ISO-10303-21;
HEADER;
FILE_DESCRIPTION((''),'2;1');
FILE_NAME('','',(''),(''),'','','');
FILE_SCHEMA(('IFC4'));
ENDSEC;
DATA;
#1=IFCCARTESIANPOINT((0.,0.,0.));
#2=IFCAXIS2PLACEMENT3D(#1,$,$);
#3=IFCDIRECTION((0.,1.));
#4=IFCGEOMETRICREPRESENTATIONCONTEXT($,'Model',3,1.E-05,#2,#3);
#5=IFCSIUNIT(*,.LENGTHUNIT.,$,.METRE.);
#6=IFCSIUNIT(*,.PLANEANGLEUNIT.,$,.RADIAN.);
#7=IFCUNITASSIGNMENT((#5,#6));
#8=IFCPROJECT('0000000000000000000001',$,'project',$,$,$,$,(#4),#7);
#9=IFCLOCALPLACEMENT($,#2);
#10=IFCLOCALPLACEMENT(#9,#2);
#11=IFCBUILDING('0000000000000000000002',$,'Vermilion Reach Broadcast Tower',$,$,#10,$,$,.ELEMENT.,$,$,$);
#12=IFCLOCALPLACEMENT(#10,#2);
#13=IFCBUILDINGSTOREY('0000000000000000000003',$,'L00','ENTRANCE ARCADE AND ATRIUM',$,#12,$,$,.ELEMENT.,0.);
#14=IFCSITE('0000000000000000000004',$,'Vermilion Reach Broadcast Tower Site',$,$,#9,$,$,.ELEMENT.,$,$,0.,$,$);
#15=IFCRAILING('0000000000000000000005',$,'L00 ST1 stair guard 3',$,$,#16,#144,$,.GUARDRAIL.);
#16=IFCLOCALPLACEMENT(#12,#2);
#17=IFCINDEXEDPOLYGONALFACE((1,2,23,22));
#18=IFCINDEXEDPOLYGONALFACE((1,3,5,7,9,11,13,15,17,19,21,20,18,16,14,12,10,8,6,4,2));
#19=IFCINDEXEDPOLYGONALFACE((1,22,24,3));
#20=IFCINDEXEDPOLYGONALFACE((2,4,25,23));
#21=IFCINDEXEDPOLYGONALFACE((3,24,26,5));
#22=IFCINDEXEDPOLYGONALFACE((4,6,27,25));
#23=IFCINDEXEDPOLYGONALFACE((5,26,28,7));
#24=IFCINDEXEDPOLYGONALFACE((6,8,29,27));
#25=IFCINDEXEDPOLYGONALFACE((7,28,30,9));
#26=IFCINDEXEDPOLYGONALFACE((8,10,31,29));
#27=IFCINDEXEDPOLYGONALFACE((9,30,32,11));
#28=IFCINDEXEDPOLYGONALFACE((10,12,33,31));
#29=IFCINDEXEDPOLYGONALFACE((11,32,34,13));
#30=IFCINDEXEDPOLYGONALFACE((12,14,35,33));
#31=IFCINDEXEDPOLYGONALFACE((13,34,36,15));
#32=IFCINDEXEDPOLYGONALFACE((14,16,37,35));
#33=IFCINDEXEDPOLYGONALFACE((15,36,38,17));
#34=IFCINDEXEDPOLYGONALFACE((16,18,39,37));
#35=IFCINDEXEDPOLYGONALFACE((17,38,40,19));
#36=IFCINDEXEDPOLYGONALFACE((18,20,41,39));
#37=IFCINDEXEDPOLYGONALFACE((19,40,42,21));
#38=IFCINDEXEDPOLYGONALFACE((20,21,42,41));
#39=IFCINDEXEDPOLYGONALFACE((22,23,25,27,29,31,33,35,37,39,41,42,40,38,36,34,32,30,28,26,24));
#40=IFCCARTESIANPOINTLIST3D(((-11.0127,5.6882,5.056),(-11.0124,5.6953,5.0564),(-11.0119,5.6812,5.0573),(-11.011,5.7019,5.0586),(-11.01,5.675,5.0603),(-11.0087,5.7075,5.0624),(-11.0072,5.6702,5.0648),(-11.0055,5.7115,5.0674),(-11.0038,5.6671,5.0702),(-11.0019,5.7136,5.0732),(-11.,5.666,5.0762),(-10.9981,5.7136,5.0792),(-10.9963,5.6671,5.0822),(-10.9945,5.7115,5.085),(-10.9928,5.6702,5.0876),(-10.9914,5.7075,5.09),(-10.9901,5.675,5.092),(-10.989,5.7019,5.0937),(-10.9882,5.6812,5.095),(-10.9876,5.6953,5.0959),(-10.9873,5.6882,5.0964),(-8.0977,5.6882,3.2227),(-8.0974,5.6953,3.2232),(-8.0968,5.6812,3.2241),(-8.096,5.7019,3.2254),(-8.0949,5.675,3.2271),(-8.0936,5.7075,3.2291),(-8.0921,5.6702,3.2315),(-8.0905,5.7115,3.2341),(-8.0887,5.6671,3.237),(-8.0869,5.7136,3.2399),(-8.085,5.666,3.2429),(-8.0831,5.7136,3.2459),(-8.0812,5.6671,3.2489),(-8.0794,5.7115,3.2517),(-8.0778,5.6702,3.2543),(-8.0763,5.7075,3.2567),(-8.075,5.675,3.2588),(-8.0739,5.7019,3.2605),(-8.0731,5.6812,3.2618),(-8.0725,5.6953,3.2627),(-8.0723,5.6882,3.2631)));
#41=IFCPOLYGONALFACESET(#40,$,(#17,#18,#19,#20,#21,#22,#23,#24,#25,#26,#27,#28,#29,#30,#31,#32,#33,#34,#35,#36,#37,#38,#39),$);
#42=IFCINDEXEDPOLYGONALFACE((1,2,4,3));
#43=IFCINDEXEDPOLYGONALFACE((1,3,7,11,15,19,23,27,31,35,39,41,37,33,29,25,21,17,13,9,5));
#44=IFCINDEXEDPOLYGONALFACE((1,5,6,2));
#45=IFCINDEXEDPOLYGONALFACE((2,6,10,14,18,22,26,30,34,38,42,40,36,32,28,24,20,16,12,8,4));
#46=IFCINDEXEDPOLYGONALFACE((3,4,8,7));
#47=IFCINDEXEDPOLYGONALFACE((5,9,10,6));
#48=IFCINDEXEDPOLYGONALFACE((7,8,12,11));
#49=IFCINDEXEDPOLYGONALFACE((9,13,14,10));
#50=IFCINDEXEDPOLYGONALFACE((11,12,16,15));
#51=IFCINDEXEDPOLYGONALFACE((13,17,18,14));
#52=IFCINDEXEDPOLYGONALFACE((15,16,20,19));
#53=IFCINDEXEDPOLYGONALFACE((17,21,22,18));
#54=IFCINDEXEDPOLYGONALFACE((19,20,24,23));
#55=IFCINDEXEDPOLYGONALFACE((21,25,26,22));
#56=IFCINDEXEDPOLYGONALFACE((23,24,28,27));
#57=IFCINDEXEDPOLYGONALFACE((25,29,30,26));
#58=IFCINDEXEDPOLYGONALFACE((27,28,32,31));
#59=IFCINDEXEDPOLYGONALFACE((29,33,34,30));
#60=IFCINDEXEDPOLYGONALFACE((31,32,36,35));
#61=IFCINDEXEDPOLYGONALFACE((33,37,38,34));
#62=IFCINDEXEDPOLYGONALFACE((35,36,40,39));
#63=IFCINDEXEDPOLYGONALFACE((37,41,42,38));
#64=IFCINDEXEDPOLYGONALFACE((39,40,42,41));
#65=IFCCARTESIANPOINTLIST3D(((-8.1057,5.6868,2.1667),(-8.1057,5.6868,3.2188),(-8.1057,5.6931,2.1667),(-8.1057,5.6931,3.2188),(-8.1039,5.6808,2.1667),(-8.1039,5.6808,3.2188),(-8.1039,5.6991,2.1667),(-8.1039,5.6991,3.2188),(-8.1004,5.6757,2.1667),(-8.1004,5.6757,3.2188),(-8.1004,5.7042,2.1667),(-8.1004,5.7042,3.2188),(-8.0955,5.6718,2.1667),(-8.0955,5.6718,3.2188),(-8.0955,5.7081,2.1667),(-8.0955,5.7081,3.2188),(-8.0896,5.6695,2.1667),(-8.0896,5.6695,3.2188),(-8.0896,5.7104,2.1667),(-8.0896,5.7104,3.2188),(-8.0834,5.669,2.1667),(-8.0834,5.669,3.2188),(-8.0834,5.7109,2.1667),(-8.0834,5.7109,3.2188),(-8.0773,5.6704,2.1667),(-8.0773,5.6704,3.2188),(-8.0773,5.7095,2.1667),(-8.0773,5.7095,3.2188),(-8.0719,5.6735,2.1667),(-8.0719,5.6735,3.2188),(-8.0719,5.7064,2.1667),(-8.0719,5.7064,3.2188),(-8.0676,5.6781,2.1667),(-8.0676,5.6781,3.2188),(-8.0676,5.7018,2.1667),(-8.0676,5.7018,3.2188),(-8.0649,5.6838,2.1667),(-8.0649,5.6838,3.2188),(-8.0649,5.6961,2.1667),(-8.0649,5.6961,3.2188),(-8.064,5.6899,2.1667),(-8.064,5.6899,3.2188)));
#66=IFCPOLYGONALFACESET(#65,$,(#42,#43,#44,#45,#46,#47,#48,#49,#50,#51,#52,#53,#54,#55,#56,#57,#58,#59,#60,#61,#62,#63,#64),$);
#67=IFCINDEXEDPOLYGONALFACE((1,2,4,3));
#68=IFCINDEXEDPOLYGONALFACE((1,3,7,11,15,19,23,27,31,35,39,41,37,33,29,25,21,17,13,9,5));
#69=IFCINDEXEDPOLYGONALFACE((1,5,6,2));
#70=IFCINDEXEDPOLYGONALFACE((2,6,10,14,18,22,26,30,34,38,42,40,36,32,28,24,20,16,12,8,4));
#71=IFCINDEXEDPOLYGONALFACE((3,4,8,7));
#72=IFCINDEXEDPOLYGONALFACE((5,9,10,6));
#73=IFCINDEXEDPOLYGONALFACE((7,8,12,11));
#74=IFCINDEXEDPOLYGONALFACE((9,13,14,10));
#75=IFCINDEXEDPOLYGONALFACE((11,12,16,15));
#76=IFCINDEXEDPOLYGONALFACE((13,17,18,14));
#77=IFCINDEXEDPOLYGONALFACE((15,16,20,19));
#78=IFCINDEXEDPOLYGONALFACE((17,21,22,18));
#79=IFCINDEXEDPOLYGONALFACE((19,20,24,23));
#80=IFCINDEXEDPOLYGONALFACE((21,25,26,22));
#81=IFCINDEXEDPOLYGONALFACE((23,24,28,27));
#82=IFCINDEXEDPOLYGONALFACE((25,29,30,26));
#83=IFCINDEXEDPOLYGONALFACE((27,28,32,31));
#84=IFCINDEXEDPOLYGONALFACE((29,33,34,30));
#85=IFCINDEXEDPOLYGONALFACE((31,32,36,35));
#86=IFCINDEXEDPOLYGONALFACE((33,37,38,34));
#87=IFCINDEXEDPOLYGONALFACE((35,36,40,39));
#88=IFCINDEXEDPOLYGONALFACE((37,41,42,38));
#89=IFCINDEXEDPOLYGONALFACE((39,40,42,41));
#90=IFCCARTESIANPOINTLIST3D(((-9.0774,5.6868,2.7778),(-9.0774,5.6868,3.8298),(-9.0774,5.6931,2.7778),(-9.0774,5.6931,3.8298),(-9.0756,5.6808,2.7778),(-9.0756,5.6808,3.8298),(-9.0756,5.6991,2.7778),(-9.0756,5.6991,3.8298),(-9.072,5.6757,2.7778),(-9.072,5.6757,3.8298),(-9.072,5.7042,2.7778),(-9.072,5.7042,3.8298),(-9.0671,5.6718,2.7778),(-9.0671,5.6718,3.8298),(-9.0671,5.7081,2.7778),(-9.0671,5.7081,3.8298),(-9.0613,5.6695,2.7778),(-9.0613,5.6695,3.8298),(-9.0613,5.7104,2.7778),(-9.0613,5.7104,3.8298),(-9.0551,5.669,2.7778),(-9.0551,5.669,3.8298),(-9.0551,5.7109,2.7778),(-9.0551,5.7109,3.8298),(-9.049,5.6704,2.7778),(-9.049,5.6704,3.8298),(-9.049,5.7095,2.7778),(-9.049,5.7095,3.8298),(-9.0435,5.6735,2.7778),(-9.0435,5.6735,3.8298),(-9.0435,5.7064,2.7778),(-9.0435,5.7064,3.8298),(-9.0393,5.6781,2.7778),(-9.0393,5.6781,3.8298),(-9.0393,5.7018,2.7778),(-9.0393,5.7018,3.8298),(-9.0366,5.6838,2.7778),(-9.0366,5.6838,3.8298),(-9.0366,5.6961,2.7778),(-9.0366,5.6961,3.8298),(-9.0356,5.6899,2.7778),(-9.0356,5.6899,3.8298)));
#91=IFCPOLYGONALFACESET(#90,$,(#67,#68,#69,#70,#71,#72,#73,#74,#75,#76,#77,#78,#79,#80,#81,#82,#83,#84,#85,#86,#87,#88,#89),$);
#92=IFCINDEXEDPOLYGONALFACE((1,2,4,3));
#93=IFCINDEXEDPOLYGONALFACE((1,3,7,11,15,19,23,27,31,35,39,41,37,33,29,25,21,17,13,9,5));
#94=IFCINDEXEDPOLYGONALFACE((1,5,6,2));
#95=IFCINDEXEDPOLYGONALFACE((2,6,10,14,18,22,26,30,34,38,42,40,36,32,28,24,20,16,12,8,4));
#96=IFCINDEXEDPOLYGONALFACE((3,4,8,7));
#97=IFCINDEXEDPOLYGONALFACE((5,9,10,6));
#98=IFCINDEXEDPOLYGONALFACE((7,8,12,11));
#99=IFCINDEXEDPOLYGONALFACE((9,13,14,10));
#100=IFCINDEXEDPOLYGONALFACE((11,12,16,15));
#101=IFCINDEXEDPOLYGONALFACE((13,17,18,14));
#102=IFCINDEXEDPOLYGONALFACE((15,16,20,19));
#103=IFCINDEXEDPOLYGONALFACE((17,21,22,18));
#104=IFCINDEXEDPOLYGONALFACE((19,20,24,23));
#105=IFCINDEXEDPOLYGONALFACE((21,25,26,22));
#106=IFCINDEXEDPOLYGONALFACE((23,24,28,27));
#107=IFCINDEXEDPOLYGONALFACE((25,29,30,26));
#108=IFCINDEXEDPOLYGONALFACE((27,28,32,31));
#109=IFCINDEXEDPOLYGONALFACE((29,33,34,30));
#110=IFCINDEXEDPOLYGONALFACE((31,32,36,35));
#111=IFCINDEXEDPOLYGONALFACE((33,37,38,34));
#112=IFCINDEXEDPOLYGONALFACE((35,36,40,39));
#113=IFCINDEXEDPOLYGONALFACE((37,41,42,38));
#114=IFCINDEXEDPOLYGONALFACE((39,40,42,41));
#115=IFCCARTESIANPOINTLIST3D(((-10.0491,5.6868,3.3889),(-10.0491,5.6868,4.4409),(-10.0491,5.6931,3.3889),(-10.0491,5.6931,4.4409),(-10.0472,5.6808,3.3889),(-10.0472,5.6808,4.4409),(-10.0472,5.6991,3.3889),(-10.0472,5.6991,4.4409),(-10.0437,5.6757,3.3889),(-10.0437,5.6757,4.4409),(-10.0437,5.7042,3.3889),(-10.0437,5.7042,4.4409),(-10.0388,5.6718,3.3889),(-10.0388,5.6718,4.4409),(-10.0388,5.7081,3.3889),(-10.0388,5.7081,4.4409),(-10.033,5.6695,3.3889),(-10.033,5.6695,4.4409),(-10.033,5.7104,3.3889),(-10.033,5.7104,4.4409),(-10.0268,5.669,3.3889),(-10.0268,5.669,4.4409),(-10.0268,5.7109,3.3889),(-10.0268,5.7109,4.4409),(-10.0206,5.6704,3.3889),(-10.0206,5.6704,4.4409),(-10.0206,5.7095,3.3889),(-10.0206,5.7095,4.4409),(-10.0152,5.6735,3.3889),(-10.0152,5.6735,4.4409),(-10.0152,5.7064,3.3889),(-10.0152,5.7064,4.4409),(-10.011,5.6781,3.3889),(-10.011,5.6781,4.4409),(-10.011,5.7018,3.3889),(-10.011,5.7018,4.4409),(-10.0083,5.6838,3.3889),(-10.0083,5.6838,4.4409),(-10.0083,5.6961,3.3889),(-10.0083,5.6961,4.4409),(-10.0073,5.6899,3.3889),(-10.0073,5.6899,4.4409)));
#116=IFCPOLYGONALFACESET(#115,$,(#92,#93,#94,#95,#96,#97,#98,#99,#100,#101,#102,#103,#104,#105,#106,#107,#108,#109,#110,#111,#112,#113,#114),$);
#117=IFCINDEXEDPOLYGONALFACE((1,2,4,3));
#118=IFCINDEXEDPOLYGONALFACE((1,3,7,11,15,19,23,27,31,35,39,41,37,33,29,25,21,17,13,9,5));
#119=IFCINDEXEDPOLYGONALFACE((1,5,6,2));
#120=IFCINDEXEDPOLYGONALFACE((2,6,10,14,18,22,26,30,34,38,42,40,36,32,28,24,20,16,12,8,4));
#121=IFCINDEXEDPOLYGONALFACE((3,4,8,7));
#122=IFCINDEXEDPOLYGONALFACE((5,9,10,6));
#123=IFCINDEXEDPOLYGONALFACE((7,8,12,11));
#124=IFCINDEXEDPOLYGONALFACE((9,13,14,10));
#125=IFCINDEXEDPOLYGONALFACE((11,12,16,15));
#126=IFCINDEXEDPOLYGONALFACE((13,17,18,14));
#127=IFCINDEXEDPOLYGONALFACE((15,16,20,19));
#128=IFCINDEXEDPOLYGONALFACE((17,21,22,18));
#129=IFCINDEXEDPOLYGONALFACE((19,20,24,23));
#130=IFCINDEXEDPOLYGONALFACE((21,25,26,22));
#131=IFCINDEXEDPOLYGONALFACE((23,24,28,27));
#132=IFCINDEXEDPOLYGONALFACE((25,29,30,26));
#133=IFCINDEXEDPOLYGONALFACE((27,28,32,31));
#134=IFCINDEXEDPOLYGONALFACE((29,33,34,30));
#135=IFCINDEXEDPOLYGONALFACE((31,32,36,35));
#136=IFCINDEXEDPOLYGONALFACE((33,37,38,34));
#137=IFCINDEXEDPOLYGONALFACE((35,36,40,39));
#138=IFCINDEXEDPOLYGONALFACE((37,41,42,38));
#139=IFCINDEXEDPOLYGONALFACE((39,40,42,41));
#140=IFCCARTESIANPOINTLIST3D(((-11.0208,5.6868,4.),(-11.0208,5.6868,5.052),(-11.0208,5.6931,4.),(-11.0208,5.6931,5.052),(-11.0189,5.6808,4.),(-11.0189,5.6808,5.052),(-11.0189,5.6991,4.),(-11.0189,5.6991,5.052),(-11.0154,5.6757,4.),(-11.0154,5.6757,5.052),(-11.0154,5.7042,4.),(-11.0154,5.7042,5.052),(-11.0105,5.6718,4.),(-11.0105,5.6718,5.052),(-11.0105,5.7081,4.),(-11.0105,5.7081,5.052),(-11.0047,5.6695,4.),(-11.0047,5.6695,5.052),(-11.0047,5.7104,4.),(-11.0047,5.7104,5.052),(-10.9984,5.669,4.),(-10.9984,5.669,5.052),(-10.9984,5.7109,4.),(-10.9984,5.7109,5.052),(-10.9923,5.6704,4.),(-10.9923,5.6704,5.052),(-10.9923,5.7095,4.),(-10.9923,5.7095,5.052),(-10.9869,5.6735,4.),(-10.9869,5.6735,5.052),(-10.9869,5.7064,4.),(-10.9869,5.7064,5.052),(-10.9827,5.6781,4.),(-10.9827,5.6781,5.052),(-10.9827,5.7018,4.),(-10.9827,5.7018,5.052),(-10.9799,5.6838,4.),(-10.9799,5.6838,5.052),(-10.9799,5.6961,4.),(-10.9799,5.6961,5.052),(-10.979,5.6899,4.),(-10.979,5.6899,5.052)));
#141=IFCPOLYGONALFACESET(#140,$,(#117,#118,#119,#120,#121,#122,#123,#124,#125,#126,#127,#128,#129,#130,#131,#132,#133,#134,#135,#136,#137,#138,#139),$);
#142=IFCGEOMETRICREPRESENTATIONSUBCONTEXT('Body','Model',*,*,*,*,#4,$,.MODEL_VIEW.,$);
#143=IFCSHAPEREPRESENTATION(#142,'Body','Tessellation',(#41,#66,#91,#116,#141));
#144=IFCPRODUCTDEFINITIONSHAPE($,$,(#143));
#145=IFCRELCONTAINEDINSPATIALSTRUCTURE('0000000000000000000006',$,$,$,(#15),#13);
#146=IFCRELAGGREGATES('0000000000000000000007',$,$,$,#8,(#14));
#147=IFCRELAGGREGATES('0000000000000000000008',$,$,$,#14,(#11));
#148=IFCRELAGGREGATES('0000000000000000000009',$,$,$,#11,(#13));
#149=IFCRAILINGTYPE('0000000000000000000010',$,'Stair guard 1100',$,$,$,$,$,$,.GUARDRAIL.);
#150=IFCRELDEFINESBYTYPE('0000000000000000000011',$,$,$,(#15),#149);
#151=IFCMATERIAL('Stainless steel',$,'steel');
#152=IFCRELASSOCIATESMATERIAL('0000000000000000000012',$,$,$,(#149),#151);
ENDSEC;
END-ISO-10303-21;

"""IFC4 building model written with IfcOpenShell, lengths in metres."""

from ifc_helpers import new_model, si_unit, direction, frame, origin, origin_2d, place, context, subcontext, project, spatial, circle, extrude, material, type_object, element, save


model = new_model("IFC4")

# Units and contexts
model_context = context("Model", 3, precision=1e-05, world=origin(), true_north=direction((0.0, 1.0)))
body_context = subcontext(model_context, "Body", "Model", "MODEL_VIEW")
ifc_project = project(units=[si_unit("LENGTHUNIT", "METRE"), si_unit("PLANEANGLEUNIT", "RADIAN")], contexts=[model_context])

# Site, building, storey
site_placement = place(None, origin())
site = spatial("IfcSite", under=ifc_project, at=site_placement, Name="Vermilion Reach Broadcast Tower Site", CompositionType="ELEMENT", RefElevation=0.0)
building_placement = place(site_placement, origin())
building = spatial("IfcBuilding", under=site, at=building_placement, Name="Vermilion Reach Broadcast Tower", CompositionType="ELEMENT")
storey_placement = place(building_placement, origin())
storey = spatial("IfcBuildingStorey", under=building, at=storey_placement, Name="L00", Description="ENTRANCE ARCADE AND ATRIUM", CompositionType="ELEMENT", Elevation=0.0)

# Railing
ifc_material_1 = material(Name="Stainless steel", Category="steel")
railing_type_1 = type_object("IfcRailingType", Name="Stair guard 1100", PredefinedType="GUARDRAIL", material=ifc_material_1)
railing_1_placement = place(storey_placement, frame((-8.085, 5.6899, 2.1667)))
element("IfcRailing", 1, at=railing_1_placement, inside=storey, type_object=railing_type_1, Name="L00 ST1 stair guard 3", PredefinedType="GUARDRAIL", context=body_context, shape_type="SweptSolid", body=[
    extrude(circle(Radius=0.0239, at=origin_2d()), frame((0.0, 0.0, 1.0762), z_axis=(-0.846513, 0.0, 0.532368), x_axis=(0.0, -1.0, 0.0)), (0.0, 0.0, 1.0), 3.4436),
    extrude(circle(Radius=0.021, at=origin_2d()), origin(), (0.0, 0.0, 1.0), 1.052),
    extrude(circle(Radius=0.021, at=origin_2d()), frame((-0.9717, 0.0, 0.6111)), (0.0, 0.0, 1.0), 1.052),
    extrude(circle(Radius=0.021, at=origin_2d()), frame((-1.9434, 0.0, 1.2222)), (0.0, 0.0, 1.0), 1.052),
    extrude(circle(Radius=0.021, at=origin_2d()), frame((-2.915, 0.0, 1.8333)), (0.0, 0.0, 1.0), 1.052),
])

save(model, "model.ifc")
